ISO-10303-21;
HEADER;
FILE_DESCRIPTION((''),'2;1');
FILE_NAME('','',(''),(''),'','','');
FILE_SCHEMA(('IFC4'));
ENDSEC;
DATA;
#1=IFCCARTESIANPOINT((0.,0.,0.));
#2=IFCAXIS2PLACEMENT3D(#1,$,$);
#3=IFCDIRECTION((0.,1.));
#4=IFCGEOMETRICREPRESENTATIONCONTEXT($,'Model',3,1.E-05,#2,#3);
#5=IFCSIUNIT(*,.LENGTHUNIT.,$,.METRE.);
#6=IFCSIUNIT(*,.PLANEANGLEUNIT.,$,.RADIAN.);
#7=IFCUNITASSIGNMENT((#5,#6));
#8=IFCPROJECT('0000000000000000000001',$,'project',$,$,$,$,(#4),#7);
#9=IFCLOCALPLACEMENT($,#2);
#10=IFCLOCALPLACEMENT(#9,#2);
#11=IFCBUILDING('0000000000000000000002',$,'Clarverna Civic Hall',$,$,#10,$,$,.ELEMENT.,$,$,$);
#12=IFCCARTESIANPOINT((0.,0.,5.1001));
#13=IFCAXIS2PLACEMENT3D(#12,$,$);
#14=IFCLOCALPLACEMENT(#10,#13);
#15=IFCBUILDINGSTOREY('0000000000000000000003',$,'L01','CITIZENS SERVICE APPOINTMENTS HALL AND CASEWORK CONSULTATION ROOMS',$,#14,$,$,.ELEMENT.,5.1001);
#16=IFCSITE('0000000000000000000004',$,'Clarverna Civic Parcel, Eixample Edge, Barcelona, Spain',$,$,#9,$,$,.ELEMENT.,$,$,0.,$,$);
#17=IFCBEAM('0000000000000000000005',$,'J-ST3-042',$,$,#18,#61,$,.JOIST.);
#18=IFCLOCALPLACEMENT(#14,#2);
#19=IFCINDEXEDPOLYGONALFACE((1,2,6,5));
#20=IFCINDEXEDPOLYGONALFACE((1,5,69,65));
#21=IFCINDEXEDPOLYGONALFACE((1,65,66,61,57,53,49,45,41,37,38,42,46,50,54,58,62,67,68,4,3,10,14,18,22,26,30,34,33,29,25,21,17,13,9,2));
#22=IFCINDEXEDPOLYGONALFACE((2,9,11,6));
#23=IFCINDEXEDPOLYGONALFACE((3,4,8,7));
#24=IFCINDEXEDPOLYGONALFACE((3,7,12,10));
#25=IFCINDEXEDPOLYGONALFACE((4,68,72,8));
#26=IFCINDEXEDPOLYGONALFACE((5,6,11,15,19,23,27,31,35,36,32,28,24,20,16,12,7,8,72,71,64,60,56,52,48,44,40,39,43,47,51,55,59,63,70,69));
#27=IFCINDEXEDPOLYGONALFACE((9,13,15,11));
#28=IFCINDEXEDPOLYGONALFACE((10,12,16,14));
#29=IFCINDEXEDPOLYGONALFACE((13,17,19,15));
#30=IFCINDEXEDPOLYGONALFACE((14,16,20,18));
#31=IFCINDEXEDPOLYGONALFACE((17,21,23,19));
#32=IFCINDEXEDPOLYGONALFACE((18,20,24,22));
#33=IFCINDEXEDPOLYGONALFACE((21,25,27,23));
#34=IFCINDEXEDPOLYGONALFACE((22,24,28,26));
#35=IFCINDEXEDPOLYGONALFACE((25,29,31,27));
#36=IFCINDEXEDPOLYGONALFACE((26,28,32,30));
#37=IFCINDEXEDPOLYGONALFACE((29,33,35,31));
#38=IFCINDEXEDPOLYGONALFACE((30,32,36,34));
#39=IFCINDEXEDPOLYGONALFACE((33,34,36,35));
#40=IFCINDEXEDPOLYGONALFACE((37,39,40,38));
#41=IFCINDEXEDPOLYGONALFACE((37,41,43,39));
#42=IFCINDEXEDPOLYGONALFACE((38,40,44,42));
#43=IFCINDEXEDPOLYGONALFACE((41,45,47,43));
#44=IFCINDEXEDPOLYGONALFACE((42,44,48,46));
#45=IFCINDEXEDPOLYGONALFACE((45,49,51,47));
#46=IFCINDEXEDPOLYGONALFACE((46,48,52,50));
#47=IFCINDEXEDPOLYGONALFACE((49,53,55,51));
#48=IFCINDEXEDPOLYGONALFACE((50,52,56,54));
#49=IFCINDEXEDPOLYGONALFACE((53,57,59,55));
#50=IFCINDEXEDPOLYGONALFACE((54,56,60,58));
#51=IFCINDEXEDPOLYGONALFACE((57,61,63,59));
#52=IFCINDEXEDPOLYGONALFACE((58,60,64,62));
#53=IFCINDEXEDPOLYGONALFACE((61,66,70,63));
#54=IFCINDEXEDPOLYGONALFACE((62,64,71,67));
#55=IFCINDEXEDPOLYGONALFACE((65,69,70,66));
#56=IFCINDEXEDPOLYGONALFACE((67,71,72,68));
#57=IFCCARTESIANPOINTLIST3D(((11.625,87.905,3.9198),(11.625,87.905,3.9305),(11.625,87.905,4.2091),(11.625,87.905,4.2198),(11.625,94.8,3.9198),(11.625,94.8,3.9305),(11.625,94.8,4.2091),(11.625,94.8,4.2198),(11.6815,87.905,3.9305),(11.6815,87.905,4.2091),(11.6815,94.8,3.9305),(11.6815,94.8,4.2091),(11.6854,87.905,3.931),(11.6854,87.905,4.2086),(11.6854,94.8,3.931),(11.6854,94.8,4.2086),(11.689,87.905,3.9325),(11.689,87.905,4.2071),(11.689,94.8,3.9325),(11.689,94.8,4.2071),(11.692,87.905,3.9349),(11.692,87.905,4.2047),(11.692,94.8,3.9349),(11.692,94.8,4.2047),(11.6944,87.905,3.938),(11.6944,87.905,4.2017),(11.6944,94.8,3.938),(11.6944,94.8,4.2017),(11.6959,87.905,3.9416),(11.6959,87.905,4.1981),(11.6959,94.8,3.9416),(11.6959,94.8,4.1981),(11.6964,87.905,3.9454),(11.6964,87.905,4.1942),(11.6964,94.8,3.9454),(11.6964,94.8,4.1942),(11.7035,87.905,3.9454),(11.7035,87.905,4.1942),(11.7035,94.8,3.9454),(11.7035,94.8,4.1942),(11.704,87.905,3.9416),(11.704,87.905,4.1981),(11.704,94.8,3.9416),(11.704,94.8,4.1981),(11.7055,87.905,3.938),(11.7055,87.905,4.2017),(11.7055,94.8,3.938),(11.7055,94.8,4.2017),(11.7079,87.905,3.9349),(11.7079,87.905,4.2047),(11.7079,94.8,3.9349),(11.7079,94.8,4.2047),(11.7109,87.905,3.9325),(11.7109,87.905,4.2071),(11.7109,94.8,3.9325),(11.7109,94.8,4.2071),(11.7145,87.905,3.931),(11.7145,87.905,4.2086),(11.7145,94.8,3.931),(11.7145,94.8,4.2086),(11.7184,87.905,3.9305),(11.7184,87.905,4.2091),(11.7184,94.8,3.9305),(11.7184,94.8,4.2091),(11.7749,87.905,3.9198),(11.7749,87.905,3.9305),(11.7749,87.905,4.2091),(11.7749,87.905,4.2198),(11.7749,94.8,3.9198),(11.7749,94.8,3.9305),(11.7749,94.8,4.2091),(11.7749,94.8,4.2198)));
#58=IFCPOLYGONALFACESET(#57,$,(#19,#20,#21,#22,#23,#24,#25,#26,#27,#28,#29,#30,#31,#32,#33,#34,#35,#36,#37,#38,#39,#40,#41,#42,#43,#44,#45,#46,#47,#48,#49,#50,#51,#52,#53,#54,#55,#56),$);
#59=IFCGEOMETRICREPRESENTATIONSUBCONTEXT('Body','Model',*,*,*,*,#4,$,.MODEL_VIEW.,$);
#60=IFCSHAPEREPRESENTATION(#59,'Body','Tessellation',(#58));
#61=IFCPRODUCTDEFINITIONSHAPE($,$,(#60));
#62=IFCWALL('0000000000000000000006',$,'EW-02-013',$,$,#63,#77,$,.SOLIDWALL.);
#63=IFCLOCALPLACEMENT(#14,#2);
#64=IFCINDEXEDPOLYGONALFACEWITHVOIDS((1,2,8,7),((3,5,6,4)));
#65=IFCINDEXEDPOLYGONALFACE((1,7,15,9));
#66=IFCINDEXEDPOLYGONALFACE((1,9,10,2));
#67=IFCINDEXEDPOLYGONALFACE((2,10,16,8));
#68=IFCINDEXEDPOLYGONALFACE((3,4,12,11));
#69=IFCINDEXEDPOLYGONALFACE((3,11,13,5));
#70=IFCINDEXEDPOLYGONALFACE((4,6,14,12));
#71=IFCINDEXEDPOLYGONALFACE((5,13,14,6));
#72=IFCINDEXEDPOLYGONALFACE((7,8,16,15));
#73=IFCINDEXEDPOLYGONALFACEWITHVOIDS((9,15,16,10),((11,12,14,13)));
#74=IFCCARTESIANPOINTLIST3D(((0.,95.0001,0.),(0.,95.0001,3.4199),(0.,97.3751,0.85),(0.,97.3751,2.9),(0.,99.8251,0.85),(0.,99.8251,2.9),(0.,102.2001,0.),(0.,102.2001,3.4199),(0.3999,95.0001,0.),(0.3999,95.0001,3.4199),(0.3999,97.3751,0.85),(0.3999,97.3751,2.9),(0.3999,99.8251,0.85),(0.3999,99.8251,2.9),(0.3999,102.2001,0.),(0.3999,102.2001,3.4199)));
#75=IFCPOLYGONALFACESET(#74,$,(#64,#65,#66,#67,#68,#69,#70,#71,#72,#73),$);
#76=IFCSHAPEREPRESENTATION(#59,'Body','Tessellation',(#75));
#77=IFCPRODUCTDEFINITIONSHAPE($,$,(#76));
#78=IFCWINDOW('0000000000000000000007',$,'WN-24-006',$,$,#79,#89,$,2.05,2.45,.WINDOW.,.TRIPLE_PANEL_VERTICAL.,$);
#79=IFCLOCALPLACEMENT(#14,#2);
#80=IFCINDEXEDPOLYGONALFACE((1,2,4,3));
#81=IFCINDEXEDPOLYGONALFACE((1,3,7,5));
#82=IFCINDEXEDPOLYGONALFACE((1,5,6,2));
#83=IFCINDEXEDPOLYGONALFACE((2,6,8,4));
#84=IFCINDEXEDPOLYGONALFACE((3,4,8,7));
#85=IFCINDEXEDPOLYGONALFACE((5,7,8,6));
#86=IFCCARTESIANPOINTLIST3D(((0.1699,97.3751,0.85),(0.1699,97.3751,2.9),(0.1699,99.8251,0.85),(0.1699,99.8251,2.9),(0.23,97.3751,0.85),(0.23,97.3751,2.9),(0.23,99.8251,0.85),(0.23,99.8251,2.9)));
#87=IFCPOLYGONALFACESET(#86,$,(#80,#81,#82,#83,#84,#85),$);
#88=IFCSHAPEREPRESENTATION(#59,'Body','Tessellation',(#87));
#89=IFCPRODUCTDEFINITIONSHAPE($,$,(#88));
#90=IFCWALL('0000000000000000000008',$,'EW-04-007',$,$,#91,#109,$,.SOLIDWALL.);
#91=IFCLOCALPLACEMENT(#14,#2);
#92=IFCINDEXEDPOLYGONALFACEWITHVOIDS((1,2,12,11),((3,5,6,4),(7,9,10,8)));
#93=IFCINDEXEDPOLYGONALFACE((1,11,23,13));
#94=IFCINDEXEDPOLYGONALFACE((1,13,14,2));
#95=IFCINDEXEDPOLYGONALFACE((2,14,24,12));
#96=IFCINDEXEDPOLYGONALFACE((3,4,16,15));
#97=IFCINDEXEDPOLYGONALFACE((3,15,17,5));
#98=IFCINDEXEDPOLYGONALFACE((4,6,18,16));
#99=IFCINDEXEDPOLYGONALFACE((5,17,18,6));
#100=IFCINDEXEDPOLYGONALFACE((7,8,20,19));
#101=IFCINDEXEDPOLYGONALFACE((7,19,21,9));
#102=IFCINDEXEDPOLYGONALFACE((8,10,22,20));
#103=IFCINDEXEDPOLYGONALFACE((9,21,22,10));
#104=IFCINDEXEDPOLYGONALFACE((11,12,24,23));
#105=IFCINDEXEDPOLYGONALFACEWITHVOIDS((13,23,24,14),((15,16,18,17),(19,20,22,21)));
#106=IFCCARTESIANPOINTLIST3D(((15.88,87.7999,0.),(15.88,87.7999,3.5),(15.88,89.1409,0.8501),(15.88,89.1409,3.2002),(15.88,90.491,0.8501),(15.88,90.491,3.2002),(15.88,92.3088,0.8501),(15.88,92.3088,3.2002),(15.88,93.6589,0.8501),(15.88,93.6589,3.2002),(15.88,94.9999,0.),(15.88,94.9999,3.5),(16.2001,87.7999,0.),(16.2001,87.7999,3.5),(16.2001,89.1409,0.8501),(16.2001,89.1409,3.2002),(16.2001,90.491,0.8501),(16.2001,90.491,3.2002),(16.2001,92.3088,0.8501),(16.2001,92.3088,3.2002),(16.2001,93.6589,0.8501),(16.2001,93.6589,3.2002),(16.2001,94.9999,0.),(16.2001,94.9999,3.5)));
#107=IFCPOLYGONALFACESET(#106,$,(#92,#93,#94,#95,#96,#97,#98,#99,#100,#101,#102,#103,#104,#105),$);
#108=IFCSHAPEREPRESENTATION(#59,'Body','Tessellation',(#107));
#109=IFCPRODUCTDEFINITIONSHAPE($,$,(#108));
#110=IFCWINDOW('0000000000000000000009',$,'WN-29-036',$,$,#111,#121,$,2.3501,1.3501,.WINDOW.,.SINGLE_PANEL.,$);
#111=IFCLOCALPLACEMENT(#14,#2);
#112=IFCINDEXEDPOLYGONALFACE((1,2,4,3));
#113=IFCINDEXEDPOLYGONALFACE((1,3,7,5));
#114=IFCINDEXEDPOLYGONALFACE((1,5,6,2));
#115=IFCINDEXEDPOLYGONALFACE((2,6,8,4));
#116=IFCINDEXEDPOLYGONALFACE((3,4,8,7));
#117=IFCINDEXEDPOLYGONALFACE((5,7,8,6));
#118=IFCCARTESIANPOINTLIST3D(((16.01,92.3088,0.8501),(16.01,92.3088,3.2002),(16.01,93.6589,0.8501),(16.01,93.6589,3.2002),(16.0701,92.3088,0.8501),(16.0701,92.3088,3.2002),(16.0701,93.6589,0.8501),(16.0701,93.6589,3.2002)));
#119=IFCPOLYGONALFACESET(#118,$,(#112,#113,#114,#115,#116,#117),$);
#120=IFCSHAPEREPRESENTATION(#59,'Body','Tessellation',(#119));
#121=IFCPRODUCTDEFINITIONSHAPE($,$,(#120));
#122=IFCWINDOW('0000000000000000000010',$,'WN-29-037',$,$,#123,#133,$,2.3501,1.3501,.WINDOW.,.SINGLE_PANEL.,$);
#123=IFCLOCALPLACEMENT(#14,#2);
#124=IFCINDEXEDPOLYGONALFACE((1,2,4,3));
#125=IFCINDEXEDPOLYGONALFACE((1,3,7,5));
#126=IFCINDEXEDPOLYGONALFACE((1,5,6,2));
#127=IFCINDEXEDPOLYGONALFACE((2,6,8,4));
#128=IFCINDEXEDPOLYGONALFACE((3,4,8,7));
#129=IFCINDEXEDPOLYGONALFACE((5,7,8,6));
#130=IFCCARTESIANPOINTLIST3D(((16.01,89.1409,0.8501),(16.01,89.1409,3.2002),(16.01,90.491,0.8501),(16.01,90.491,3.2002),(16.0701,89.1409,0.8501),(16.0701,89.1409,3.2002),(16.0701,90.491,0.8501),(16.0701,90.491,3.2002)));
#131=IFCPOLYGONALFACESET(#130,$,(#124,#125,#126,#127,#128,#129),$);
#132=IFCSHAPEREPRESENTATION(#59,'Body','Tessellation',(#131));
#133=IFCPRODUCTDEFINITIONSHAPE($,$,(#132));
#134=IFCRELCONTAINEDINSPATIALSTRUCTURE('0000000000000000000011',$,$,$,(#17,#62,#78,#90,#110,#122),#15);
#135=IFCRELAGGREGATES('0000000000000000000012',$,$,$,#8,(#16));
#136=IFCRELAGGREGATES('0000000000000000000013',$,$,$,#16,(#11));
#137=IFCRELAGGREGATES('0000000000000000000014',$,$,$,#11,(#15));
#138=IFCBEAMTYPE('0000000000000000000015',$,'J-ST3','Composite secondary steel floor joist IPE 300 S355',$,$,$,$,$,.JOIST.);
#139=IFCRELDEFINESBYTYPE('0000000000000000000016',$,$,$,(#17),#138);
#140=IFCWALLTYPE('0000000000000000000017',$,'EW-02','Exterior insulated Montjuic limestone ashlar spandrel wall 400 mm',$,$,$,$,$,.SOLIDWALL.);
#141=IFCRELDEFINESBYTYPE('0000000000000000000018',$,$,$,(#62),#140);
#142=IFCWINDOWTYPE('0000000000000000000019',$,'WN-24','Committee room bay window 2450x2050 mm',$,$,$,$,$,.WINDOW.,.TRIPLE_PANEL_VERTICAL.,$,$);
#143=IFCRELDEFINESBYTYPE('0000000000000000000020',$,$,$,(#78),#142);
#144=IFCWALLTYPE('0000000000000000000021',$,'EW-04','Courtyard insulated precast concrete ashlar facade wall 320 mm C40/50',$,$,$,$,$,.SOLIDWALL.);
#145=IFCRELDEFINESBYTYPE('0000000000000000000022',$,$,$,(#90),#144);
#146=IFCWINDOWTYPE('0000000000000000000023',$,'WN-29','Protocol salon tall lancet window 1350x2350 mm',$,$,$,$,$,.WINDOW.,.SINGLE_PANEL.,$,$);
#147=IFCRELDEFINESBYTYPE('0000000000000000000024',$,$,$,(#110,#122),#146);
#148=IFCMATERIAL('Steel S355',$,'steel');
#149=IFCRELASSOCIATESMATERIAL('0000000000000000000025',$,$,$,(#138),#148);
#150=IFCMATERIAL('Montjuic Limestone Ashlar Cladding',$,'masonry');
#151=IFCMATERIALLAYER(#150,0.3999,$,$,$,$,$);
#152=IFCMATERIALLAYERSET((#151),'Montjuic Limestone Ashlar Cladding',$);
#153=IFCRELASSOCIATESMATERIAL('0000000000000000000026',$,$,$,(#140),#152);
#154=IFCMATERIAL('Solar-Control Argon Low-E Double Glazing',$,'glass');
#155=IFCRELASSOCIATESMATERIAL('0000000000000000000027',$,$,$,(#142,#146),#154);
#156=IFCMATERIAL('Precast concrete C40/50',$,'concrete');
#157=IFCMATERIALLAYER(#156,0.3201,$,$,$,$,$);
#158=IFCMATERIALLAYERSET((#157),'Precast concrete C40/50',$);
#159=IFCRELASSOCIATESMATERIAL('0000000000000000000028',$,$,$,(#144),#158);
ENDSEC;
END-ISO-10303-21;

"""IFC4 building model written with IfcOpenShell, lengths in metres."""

from ifc_helpers import new_model, si_unit, direction, frame, frame_2d, origin, origin_2d, place, context, subcontext, project, spatial, rectangle, i_section, extrude, material, layer, layer_set, material_profile, profile_set, type_object, element, fill, save


model = new_model("IFC4")

# Units and contexts
model_context = context("Model", 3, precision=1e-05, world=origin(), true_north=direction((0.0, 1.0)))
body_context = subcontext(model_context, "Body", "Model", "MODEL_VIEW")
ifc_project = project(units=[si_unit("LENGTHUNIT", "METRE"), si_unit("PLANEANGLEUNIT", "RADIAN")], contexts=[model_context])

# Site, building, storey
site_placement = place(None, origin())
site = spatial("IfcSite", under=ifc_project, at=site_placement, Name="Clarverna Civic Parcel, Eixample Edge, Barcelona, Spain", CompositionType="ELEMENT", RefElevation=0.0)
building_placement = place(site_placement, origin())
building = spatial("IfcBuilding", under=site, at=building_placement, Name="Clarverna Civic Hall", CompositionType="ELEMENT")
storey_placement = place(building_placement, frame((0.0, 0.0, 5.1001)))
storey = spatial("IfcBuildingStorey", under=building, at=storey_placement, Name="L01", Description="CITIZENS SERVICE APPOINTMENTS HALL AND CASEWORK CONSULTATION ROOMS", CompositionType="ELEMENT", Elevation=5.1001)

# Beam
ifc_material_1 = material(Name="Steel S355", Category="steel")
ifc_material_profile_1 = material_profile(ifc_material_1, i_section(OverallWidth=0.1499, OverallDepth=0.3, WebThickness=0.0071, FlangeThickness=0.0107, FilletRadius=0.0149, at=origin_2d()), Name="IPE 300")
ifc_profile_set_1 = profile_set([ifc_material_profile_1], Name="Steel S355")
beam_type_1 = type_object("IfcBeamType", Name="J-ST3", Description="Composite secondary steel floor joist IPE 300 S355", PredefinedType="JOIST", material=ifc_profile_set_1)
beam_1_placement = place(storey_placement, frame((11.7, 87.905, 4.0698), z_axis=(0.0, 1.0, 0.0), x_axis=(-1.0, 0.0, 0.0)))
element("IfcBeam", 1, at=beam_1_placement, inside=storey, type_object=beam_type_1, Name="J-ST3-042", PredefinedType="JOIST", context=body_context, shape_type="SweptSolid", body=[
    extrude(i_section(OverallWidth=0.1499, OverallDepth=0.3, WebThickness=0.0071, FlangeThickness=0.0107, FilletRadius=0.0149, at=origin_2d()), origin(), (0.0, 0.0, 1.0), 6.895),
])

# Wall, opening, window
ifc_material_2 = material(Name="Montjuic Limestone Ashlar Cladding", Category="masonry")
ifc_layer_1 = layer(ifc_material_2, 0.3999)
ifc_layer_set_1 = layer_set([ifc_layer_1], Name="Montjuic Limestone Ashlar Cladding")
wall_type_1 = type_object("IfcWallType", Name="EW-02", Description="Exterior insulated Montjuic limestone ashlar spandrel wall 400 mm", PredefinedType="SOLIDWALL", material=ifc_layer_set_1)
wall_1_placement = place(storey_placement, frame((0.2, 95.0, 0.0), z_axis=(0.0, 0.0, 1.0), x_axis=(0.0, 1.0, 0.0)))
wall_1 = element("IfcWall", 2, at=wall_1_placement, inside=storey, type_object=wall_type_1, Name="EW-02-013", PredefinedType="SOLIDWALL", context=body_context, shape_type="SweptSolid", body=[
    extrude(rectangle(XDim=7.2, YDim=0.3999, at=frame_2d((3.6001, 0.0))), origin(), (0.0, 0.0, 1.0), 3.4199),
])
opening_1_placement = place(wall_1_placement, frame((2.375, 0.0, 0.8501)))
opening_1 = element("IfcOpeningElement", 3, at=opening_1_placement, cuts=wall_1, PredefinedType="OPENING", context=body_context, shape_type="SweptSolid", body=[
    extrude(rectangle(XDim=2.45, YDim=2.05, at=frame_2d((1.2251, 1.0249))), frame((0.0, 0.21, 0.0), z_axis=(0.0, -1.0, 0.0), x_axis=(1.0, 0.0, 0.0)), (0.0, 0.0, 1.0), 0.4199),
])
ifc_material_3 = material(Name="Solar-Control Argon Low-E Double Glazing", Category="glass")
window_type_1 = type_object("IfcWindowType", Name="WN-24", Description="Committee room bay window 2450x2050 mm", PartitioningType="TRIPLE_PANEL_VERTICAL", PredefinedType="WINDOW", material=ifc_material_3)
window_1_placement = place(opening_1_placement, origin())
window_1 = element("IfcWindow", 4, at=window_1_placement, inside=storey, type_object=window_type_1, Name="WN-24-006", OverallHeight=2.05, OverallWidth=2.45, PartitioningType="TRIPLE_PANEL_VERTICAL", PredefinedType="WINDOW", context=body_context, shape_type="SweptSolid", body=[
    extrude(rectangle(XDim=2.45, YDim=2.05, at=frame_2d((1.2251, 1.0249))), frame((0.0, 0.03, 0.0), z_axis=(0.0, -1.0, 0.0), x_axis=(1.0, 0.0, 0.0)), (0.0, 0.0, 1.0), 0.0601),
])
fill(opening_1, window_1)

# Wall, openings, windows
ifc_material_4 = material(Name="Precast concrete C40/50", Category="concrete")
ifc_layer_2 = layer(ifc_material_4, 0.3201)
ifc_layer_set_2 = layer_set([ifc_layer_2], Name="Precast concrete C40/50")
wall_type_2 = type_object("IfcWallType", Name="EW-04", Description="Courtyard insulated precast concrete ashlar facade wall 320 mm C40/50", PredefinedType="SOLIDWALL", material=ifc_layer_set_2)
wall_2_placement = place(storey_placement, frame((16.04, 95.0, 0.0), z_axis=(0.0, 0.0, 1.0), x_axis=(0.0, -1.0, 0.0)))
wall_2 = element("IfcWall", 5, at=wall_2_placement, inside=storey, type_object=wall_type_2, Name="EW-04-007", PredefinedType="SOLIDWALL", context=body_context, shape_type="SweptSolid", body=[
    extrude(rectangle(XDim=7.2, YDim=0.3201, at=frame_2d((3.6001, 0.0))), origin(), (0.0, 0.0, 1.0), 3.5),
])
opening_2_placement = place(wall_2_placement, frame((1.3411, 0.0, 0.8501)))
opening_2 = element("IfcOpeningElement", 6, at=opening_2_placement, cuts=wall_2, PredefinedType="OPENING", context=body_context, shape_type="SweptSolid", body=[
    extrude(rectangle(XDim=1.3501, YDim=2.3501, at=frame_2d((0.675, 1.175))), frame((0.0, 0.1699, 0.0), z_axis=(0.0, -1.0, 0.0), x_axis=(1.0, 0.0, 0.0)), (0.0, 0.0, 1.0), 0.3401),
])
opening_3_placement = place(wall_2_placement, frame((4.509, 0.0, 0.8501)))
opening_3 = element("IfcOpeningElement", 7, at=opening_3_placement, cuts=wall_2, PredefinedType="OPENING", context=body_context, shape_type="SweptSolid", body=[
    extrude(rectangle(XDim=1.3501, YDim=2.3501, at=frame_2d((0.675, 1.175))), frame((0.0, 0.1699, 0.0), z_axis=(0.0, -1.0, 0.0), x_axis=(1.0, 0.0, 0.0)), (0.0, 0.0, 1.0), 0.3401),
])
window_type_2 = type_object("IfcWindowType", Name="WN-29", Description="Protocol salon tall lancet window 1350x2350 mm", PartitioningType="SINGLE_PANEL", PredefinedType="WINDOW", material=ifc_material_3)
window_2_placement = place(opening_2_placement, origin())
window_2 = element("IfcWindow", 8, at=window_2_placement, inside=storey, type_object=window_type_2, Name="WN-29-036", OverallHeight=2.3501, OverallWidth=1.3501, PartitioningType="SINGLE_PANEL", PredefinedType="WINDOW", context=body_context, shape_type="SweptSolid", body=[
    extrude(rectangle(XDim=1.3501, YDim=2.3501, at=frame_2d((0.675, 1.175))), frame((0.0, 0.03, 0.0), z_axis=(0.0, -1.0, 0.0), x_axis=(1.0, 0.0, 0.0)), (0.0, 0.0, 1.0), 0.0601),
])
fill(opening_2, window_2)
window_3_placement = place(opening_3_placement, origin())
window_3 = element("IfcWindow", 9, at=window_3_placement, inside=storey, type_object=window_type_2, Name="WN-29-037", OverallHeight=2.3501, OverallWidth=1.3501, PartitioningType="SINGLE_PANEL", PredefinedType="WINDOW", context=body_context, shape_type="SweptSolid", body=[
    extrude(rectangle(XDim=1.3501, YDim=2.3501, at=frame_2d((0.675, 1.175))), frame((0.0, 0.03, 0.0), z_axis=(0.0, -1.0, 0.0), x_axis=(1.0, 0.0, 0.0)), (0.0, 0.0, 1.0), 0.0601),
])
fill(opening_3, window_3)

save(model, "model.ifc")
